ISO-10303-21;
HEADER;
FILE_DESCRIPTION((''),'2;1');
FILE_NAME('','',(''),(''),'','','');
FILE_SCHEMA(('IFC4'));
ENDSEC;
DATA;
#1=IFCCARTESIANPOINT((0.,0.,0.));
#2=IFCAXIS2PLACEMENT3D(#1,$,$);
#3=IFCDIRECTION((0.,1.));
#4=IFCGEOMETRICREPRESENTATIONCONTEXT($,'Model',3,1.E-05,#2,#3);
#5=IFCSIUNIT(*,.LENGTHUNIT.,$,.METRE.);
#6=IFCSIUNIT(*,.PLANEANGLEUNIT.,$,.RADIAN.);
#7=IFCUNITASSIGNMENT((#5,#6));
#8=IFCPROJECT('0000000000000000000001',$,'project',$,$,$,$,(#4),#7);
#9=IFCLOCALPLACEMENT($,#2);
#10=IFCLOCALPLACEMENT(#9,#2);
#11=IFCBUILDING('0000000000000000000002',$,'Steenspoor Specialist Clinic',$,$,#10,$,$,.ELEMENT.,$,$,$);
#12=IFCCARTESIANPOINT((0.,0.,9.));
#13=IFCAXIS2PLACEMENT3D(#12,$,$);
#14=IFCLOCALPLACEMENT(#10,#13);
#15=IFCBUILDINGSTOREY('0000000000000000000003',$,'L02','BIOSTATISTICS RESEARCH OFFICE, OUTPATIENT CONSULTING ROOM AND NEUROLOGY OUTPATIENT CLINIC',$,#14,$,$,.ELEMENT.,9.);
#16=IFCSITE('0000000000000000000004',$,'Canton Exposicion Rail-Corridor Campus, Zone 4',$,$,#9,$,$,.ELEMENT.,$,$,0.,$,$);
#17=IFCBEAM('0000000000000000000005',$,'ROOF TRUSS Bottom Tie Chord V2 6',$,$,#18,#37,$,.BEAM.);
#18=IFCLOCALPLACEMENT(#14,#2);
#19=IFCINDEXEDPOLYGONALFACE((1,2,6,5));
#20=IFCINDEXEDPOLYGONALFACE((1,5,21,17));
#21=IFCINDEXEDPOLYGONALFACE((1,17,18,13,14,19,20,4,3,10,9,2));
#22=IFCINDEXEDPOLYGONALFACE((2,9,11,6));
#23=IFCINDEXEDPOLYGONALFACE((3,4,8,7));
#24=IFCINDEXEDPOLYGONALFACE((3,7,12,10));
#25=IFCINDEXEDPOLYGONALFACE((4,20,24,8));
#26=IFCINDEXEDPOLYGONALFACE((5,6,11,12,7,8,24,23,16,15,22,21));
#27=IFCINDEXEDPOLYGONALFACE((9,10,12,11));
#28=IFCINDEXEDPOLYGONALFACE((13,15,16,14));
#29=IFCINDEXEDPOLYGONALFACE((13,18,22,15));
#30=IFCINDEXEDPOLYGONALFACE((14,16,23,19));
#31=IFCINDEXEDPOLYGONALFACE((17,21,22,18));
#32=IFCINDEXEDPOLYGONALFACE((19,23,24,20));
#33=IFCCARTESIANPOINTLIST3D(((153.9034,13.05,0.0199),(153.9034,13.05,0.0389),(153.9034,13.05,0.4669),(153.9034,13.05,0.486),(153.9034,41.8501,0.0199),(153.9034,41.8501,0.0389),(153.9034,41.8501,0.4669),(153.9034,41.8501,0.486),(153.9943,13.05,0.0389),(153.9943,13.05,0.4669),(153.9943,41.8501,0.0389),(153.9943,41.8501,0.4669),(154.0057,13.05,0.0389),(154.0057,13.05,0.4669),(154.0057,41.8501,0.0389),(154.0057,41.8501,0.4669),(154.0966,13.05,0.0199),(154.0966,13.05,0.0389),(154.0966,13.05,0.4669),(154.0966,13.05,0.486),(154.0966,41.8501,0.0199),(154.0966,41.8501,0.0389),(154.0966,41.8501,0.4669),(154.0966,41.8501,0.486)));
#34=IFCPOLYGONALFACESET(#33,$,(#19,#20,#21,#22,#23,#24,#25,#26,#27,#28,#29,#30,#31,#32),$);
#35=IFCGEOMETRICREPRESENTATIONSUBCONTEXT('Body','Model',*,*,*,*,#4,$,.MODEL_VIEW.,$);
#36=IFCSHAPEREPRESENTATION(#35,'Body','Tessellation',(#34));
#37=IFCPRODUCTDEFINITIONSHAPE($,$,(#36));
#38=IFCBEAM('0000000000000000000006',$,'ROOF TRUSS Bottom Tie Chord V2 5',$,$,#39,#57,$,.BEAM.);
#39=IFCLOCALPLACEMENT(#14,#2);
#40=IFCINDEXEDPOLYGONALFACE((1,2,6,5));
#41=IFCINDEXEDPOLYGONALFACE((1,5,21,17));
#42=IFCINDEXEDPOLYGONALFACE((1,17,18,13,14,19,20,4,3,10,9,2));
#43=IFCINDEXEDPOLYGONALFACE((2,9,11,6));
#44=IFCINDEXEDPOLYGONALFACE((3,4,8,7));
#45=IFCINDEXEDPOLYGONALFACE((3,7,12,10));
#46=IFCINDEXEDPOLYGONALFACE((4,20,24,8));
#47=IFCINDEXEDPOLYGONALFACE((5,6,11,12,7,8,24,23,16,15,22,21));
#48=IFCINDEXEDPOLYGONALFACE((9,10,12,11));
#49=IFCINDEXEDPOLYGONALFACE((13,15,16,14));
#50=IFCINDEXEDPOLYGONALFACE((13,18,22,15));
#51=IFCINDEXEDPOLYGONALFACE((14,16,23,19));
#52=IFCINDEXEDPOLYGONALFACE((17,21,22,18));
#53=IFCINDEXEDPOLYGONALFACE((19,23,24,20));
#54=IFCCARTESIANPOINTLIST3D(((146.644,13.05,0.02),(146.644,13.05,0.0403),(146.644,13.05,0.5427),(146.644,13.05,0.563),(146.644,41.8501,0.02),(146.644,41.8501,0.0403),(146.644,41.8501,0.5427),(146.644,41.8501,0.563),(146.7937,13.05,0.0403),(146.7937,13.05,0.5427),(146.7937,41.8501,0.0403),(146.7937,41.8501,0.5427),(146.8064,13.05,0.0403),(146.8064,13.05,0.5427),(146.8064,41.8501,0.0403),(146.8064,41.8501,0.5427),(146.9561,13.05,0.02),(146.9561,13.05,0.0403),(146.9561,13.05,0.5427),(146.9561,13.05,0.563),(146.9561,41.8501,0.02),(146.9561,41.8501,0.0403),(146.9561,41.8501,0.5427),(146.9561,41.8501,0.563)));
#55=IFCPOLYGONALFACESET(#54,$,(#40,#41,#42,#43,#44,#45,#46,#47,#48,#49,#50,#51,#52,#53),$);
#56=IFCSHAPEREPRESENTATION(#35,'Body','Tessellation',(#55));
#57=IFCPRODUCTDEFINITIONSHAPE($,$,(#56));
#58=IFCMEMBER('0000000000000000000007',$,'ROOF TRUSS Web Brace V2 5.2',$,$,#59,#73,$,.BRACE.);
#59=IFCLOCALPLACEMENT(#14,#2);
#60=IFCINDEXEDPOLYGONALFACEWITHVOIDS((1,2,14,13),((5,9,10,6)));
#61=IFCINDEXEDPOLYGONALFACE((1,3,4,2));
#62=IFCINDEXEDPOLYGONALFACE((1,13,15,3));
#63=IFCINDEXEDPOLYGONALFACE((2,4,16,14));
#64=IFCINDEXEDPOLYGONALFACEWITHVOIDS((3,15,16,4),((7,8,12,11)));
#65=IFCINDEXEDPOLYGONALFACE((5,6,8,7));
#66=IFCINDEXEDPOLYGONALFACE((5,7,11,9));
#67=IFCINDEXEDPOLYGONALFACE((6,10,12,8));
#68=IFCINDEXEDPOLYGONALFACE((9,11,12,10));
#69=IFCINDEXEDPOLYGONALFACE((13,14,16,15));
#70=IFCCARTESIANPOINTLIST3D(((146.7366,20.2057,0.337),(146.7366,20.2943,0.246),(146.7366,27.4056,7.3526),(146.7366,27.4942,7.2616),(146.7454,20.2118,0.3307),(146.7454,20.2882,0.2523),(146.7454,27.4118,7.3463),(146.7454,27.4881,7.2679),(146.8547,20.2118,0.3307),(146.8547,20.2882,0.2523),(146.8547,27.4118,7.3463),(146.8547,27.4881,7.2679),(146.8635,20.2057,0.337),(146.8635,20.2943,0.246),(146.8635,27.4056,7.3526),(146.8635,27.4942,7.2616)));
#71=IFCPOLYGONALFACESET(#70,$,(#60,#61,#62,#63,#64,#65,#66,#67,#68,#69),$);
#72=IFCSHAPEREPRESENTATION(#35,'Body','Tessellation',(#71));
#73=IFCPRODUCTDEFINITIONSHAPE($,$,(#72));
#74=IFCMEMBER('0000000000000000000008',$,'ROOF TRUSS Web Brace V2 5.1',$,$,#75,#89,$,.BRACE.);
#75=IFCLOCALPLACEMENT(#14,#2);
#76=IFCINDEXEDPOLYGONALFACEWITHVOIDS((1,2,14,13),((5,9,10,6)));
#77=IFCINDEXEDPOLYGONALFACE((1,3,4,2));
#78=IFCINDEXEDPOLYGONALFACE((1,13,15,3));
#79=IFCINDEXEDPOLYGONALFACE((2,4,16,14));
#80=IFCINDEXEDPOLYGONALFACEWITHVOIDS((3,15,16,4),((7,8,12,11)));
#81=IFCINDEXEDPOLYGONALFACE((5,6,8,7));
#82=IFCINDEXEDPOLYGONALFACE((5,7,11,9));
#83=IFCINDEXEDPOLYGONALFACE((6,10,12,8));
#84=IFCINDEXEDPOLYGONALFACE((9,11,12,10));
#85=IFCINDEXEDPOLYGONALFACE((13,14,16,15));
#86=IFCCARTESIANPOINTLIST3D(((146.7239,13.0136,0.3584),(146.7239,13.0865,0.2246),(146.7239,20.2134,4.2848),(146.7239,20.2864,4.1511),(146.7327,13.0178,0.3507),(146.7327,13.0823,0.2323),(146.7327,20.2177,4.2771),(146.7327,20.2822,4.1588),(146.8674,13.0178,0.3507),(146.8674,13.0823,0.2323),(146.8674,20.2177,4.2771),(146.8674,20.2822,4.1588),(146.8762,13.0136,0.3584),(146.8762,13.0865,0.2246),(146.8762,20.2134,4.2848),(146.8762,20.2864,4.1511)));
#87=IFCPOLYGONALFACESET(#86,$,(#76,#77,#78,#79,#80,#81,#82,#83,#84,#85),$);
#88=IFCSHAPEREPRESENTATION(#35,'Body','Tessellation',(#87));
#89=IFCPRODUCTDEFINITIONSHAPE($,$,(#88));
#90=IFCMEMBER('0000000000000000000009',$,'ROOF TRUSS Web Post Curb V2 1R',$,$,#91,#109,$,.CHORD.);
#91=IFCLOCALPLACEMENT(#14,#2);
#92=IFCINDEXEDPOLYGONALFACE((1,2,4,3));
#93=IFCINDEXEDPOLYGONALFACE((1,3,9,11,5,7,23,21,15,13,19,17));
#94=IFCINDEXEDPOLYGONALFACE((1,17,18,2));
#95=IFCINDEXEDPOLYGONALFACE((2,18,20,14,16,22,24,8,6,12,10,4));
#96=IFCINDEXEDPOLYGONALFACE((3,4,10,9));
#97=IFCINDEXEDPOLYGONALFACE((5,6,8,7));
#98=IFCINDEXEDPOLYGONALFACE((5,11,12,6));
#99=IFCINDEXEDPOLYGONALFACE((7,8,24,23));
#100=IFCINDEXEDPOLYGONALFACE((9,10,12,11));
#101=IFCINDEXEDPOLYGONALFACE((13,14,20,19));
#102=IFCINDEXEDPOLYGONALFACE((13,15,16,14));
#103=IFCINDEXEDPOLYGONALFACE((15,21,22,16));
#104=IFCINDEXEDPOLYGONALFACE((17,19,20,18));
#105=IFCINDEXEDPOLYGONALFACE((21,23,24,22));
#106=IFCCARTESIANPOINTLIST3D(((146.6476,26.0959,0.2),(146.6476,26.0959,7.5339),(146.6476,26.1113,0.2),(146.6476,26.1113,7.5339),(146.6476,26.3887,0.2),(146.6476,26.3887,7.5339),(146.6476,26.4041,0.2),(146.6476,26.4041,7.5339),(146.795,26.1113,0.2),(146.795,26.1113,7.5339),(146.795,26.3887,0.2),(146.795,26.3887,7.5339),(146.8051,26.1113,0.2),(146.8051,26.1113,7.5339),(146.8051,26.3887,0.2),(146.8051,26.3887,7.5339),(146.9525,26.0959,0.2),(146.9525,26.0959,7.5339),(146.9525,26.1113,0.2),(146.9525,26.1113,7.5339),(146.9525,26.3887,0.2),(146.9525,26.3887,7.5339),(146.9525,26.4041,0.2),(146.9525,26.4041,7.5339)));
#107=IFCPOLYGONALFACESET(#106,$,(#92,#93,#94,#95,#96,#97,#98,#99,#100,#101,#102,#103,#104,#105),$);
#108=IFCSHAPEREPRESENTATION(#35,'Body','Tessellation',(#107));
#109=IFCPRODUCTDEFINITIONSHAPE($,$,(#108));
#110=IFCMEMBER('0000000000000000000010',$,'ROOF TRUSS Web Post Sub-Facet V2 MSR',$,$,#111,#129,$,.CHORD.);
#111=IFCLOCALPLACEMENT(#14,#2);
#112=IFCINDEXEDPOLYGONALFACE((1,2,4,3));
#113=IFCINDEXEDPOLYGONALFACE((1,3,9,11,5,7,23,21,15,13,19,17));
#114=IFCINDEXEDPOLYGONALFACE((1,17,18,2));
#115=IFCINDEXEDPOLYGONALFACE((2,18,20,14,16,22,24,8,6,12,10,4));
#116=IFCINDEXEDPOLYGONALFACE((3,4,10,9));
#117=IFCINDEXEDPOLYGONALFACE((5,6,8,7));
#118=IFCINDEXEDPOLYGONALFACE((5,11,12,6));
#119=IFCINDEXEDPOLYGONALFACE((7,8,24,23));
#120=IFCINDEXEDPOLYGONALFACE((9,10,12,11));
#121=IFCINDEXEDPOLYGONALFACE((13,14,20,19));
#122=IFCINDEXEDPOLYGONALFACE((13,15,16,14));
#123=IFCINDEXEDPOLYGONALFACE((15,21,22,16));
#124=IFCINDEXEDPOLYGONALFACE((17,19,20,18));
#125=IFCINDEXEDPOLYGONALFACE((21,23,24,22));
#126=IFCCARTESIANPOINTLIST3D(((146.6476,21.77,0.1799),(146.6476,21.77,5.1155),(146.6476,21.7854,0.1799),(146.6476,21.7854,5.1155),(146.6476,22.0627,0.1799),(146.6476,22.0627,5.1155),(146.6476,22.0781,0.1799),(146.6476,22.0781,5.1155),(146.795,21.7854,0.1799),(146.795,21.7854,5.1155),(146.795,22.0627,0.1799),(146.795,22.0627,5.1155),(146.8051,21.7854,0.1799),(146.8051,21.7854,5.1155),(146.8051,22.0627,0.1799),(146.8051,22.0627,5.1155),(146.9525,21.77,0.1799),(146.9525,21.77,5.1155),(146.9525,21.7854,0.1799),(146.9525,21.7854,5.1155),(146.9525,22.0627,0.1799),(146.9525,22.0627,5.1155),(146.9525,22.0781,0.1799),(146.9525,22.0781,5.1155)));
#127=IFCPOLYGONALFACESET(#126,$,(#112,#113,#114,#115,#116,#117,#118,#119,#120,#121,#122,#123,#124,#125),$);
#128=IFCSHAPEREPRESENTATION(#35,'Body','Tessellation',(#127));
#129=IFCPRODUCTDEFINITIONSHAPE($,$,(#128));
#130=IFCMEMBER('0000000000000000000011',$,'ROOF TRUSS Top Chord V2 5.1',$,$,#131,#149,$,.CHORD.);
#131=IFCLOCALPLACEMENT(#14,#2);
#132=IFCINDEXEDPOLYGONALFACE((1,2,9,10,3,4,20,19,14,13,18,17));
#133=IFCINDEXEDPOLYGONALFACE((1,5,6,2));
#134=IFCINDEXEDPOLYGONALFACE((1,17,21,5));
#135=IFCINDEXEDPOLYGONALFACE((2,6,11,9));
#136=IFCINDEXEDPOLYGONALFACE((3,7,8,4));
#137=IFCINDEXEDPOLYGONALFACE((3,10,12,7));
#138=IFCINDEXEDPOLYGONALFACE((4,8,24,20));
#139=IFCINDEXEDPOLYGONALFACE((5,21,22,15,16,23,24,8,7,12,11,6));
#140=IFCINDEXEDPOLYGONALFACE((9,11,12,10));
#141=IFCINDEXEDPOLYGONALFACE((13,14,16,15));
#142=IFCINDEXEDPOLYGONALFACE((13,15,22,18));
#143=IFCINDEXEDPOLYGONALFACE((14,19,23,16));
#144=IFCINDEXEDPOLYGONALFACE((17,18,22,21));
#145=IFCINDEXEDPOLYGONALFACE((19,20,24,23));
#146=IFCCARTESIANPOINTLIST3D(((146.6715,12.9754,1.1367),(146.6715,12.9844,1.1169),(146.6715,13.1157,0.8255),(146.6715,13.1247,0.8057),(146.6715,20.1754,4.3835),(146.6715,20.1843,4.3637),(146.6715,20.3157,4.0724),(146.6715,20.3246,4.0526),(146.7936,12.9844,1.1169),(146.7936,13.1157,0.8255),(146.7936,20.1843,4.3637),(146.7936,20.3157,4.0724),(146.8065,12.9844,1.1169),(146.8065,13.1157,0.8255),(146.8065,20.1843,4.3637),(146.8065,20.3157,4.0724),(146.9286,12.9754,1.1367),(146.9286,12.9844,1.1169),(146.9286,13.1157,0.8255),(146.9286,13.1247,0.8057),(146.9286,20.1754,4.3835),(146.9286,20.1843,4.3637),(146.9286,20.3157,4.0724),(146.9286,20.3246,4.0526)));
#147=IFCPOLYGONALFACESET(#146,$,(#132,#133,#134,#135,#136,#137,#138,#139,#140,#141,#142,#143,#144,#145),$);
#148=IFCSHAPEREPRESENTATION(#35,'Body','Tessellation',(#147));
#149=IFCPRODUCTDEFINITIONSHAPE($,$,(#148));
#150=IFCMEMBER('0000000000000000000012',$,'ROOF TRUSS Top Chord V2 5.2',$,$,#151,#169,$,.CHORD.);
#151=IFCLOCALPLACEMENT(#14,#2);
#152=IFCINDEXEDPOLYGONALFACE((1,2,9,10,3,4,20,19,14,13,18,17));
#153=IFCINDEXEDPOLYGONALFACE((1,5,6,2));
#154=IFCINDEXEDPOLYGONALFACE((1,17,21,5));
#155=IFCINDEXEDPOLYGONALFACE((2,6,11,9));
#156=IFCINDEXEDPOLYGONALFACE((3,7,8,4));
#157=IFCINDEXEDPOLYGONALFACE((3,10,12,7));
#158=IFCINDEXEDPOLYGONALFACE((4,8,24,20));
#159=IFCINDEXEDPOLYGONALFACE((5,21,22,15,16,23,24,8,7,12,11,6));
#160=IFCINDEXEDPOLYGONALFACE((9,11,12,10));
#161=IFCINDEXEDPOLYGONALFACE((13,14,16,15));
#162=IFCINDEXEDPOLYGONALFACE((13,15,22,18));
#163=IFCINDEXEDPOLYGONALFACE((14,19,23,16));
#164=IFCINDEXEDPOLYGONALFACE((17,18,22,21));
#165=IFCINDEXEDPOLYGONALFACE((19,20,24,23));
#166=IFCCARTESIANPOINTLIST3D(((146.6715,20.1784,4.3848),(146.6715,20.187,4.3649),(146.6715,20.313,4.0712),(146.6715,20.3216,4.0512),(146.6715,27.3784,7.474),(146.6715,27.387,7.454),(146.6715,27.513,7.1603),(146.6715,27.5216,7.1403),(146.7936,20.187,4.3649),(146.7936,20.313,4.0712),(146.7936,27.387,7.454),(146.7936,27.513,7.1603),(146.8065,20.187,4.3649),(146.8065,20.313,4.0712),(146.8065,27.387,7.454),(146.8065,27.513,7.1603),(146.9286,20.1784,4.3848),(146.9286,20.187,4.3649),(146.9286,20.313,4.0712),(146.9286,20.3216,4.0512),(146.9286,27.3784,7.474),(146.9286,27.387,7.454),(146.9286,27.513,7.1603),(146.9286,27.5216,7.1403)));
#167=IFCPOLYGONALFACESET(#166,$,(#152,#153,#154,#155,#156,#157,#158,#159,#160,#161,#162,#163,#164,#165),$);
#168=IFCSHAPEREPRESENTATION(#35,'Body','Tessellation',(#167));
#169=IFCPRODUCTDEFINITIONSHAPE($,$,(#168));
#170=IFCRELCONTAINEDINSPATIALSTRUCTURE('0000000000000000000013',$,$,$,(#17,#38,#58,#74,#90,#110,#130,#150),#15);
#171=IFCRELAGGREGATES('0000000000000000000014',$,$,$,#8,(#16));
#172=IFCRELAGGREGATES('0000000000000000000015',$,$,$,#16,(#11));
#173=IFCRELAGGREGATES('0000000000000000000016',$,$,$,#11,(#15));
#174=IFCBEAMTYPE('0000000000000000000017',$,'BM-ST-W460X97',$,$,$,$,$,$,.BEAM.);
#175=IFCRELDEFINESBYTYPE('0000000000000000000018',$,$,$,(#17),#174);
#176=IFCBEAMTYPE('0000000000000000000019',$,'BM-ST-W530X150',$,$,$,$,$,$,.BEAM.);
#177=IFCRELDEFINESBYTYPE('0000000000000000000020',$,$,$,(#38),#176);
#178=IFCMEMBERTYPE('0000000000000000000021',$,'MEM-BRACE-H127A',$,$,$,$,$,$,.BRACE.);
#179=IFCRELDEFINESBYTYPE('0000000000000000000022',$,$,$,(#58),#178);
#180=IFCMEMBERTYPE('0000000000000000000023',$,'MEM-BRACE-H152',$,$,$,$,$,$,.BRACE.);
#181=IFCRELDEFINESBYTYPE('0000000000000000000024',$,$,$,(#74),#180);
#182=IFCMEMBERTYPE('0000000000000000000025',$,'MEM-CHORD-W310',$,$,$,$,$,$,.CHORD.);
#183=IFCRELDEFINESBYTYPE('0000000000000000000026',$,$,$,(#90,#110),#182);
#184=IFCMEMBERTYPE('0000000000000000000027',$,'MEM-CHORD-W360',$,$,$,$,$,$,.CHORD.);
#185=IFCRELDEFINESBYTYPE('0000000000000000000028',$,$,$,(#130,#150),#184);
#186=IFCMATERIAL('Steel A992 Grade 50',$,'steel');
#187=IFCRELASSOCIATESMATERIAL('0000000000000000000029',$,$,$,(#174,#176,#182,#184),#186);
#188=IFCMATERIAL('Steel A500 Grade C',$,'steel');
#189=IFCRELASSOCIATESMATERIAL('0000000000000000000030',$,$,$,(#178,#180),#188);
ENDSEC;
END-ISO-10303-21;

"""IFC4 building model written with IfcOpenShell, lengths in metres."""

from ifc_helpers import new_model, si_unit, direction, frame, origin, origin_2d, place, context, subcontext, project, spatial, hollow_rectangle, i_section, extrude, material, material_profile, profile_set, type_object, element, save


model = new_model("IFC4")

# Units and contexts
model_context = context("Model", 3, precision=1e-05, world=origin(), true_north=direction((0.0, 1.0)))
body_context = subcontext(model_context, "Body", "Model", "MODEL_VIEW")
ifc_project = project(units=[si_unit("LENGTHUNIT", "METRE"), si_unit("PLANEANGLEUNIT", "RADIAN")], contexts=[model_context])

# Site, building, storey
site_placement = place(None, origin())
site = spatial("IfcSite", under=ifc_project, at=site_placement, Name="Canton Exposicion Rail-Corridor Campus, Zone 4", CompositionType="ELEMENT", RefElevation=0.0)
building_placement = place(site_placement, origin())
building = spatial("IfcBuilding", under=site, at=building_placement, Name="Steenspoor Specialist Clinic", CompositionType="ELEMENT")
storey_placement = place(building_placement, frame((0.0, 0.0, 9.0)))
storey = spatial("IfcBuildingStorey", under=building, at=storey_placement, Name="L02", Description="BIOSTATISTICS RESEARCH OFFICE, OUTPATIENT CONSULTING ROOM AND NEUROLOGY OUTPATIENT CLINIC", CompositionType="ELEMENT", Elevation=9.0)

# Beams
ifc_material_1 = material(Name="Steel A992 Grade 50", Category="steel")
ifc_material_profile_1 = material_profile(ifc_material_1, i_section(OverallWidth=0.1931, OverallDepth=0.4661, WebThickness=0.0115, FlangeThickness=0.019, at=origin_2d()), Name="W460X97")
ifc_profile_set_1 = profile_set([ifc_material_profile_1], Name="Steel A992 Grade 50")
beam_type_1 = type_object("IfcBeamType", Name="BM-ST-W460X97", PredefinedType="BEAM", material=ifc_profile_set_1)
beam_1_placement = place(storey_placement, frame((154.0, 13.05, 0.2529), z_axis=(0.0, 1.0, 0.0), x_axis=(-1.0, 0.0, 0.0)))
element("IfcBeam", 1, at=beam_1_placement, inside=storey, type_object=beam_type_1, Name="ROOF TRUSS Bottom Tie Chord V2 6", PredefinedType="BEAM", context=body_context, shape_type="SweptSolid", body=[
    extrude(i_section(OverallWidth=0.1931, OverallDepth=0.4661, WebThickness=0.0115, FlangeThickness=0.019, at=origin_2d()), origin(), (0.0, 0.0, 1.0), 28.8),
])
ifc_material_profile_2 = material_profile(ifc_material_1, i_section(OverallWidth=0.312, OverallDepth=0.543, WebThickness=0.0127, FlangeThickness=0.0203, at=origin_2d()), Name="W530X150")
ifc_profile_set_2 = profile_set([ifc_material_profile_2], Name="Steel A992 Grade 50")
beam_type_2 = type_object("IfcBeamType", Name="BM-ST-W530X150", PredefinedType="BEAM", material=ifc_profile_set_2)
beam_2_placement = place(storey_placement, frame((146.8, 13.05, 0.2915), z_axis=(0.0, 1.0, 0.0), x_axis=(-1.0, 0.0, 0.0)))
element("IfcBeam", 2, at=beam_2_placement, inside=storey, type_object=beam_type_2, Name="ROOF TRUSS Bottom Tie Chord V2 5", PredefinedType="BEAM", context=body_context, shape_type="SweptSolid", body=[
    extrude(i_section(OverallWidth=0.312, OverallDepth=0.543, WebThickness=0.0127, FlangeThickness=0.0203, at=origin_2d()), origin(), (0.0, 0.0, 1.0), 28.8),
])

# Members
ifc_material_2 = material(Name="Steel A500 Grade C", Category="steel")
ifc_material_profile_3 = material_profile(ifc_material_2, hollow_rectangle(XDim=0.127, YDim=0.127, WallThickness=0.0088, at=origin_2d()), Name="HSS127X127X9.5")
ifc_profile_set_3 = profile_set([ifc_material_profile_3], Name="Steel A500 Grade C")
member_type_1 = type_object("IfcMemberType", Name="MEM-BRACE-H127A", PredefinedType="BRACE", material=ifc_profile_set_3)
member_1_placement = place(storey_placement, frame((146.8, 20.25, 0.2915), z_axis=(0.0, 0.716215, 0.697879), x_axis=(-1.0, 0.0, 0.0)))
element("IfcMember", 3, at=member_1_placement, inside=storey, type_object=member_type_1, Name="ROOF TRUSS Web Brace V2 5.2", PredefinedType="BRACE", context=body_context, shape_type="SweptSolid", body=[
    extrude(hollow_rectangle(XDim=0.127, YDim=0.127, WallThickness=0.0088, at=origin_2d()), origin(), (0.0, 0.0, 1.0), 10.0527),
])
ifc_material_profile_4 = material_profile(ifc_material_2, hollow_rectangle(XDim=0.1523, YDim=0.1523, WallThickness=0.0088, at=origin_2d()), Name="HSS152X152X9.5")
ifc_profile_set_4 = profile_set([ifc_material_profile_4], Name="Steel A500 Grade C")
member_type_2 = type_object("IfcMemberType", Name="MEM-BRACE-H152", PredefinedType="BRACE", material=ifc_profile_set_4)
member_2_placement = place(storey_placement, frame((146.8, 13.05, 0.2915), z_axis=(0.0, 0.877933, 0.478783), x_axis=(-1.0, 0.0, 0.0)))
element("IfcMember", 4, at=member_2_placement, inside=storey, type_object=member_type_2, Name="ROOF TRUSS Web Brace V2 5.1", PredefinedType="BRACE", context=body_context, shape_type="SweptSolid", body=[
    extrude(hollow_rectangle(XDim=0.1523, YDim=0.1523, WallThickness=0.0088, at=origin_2d()), origin(), (0.0, 0.0, 1.0), 8.2009),
])
ifc_material_profile_5 = material_profile(ifc_material_1, i_section(OverallWidth=0.3049, OverallDepth=0.3081, WebThickness=0.01, FlangeThickness=0.0154, at=origin_2d()), Name="W310X97")
ifc_profile_set_5 = profile_set([ifc_material_profile_5], Name="Steel A992 Grade 50")
member_type_3 = type_object("IfcMemberType", Name="MEM-CHORD-W310", PredefinedType="CHORD", material=ifc_profile_set_5)
member_3_placement = place(storey_placement, frame((146.8, 26.25, 0.2), z_axis=(0.0, 0.0, 1.0), x_axis=(1.0, 0.0, 0.0)))
element("IfcMember", 5, at=member_3_placement, inside=storey, type_object=member_type_3, Name="ROOF TRUSS Web Post Curb V2 1R", PredefinedType="CHORD", context=body_context, shape_type="SweptSolid", body=[
    extrude(i_section(OverallWidth=0.3049, OverallDepth=0.3081, WebThickness=0.01, FlangeThickness=0.0154, at=origin_2d()), origin(), (0.0, 0.0, 1.0), 7.334),
])
member_4_placement = place(storey_placement, frame((146.8, 21.9241, 0.1799), z_axis=(0.0, 0.0, 1.0), x_axis=(1.0, 0.0, 0.0)))
element("IfcMember", 6, at=member_4_placement, inside=storey, type_object=member_type_3, Name="ROOF TRUSS Web Post Sub-Facet V2 MSR", PredefinedType="CHORD", context=body_context, shape_type="SweptSolid", body=[
    extrude(i_section(OverallWidth=0.3049, OverallDepth=0.3081, WebThickness=0.01, FlangeThickness=0.0154, at=origin_2d()), origin(), (0.0, 0.0, 1.0), 4.9355),
])
ifc_material_profile_6 = material_profile(ifc_material_1, i_section(OverallWidth=0.2571, OverallDepth=0.363, WebThickness=0.0129, FlangeThickness=0.0217, at=origin_2d()), Name="W360X122")
ifc_profile_set_6 = profile_set([ifc_material_profile_6], Name="Steel A992 Grade 50")
member_type_4 = type_object("IfcMemberType", Name="MEM-CHORD-W360", PredefinedType="CHORD", material=ifc_profile_set_6)
member_5_placement = place(storey_placement, frame((146.8, 13.05, 0.9712), z_axis=(0.0, 0.911597, 0.411086), x_axis=(-1.0, 0.0, 0.0)))
element("IfcMember", 7, at=member_5_placement, inside=storey, type_object=member_type_4, Name="ROOF TRUSS Top Chord V2 5.1", PredefinedType="CHORD", context=body_context, shape_type="SweptSolid", body=[
    extrude(i_section(OverallWidth=0.2571, OverallDepth=0.363, WebThickness=0.0129, FlangeThickness=0.0217, at=origin_2d()), origin(), (0.0, 0.0, 1.0), 7.8982),
])
member_6_placement = place(storey_placement, frame((146.8, 20.25, 4.218), z_axis=(0.0, 0.918987, 0.394288), x_axis=(-1.0, 0.0, 0.0)))
element("IfcMember", 8, at=member_6_placement, inside=storey, type_object=member_type_4, Name="ROOF TRUSS Top Chord V2 5.2", PredefinedType="CHORD", context=body_context, shape_type="SweptSolid", body=[
    extrude(i_section(OverallWidth=0.2571, OverallDepth=0.363, WebThickness=0.0129, FlangeThickness=0.0217, at=origin_2d()), origin(), (0.0, 0.0, 1.0), 7.8347),
])

save(model, "model.ifc")
